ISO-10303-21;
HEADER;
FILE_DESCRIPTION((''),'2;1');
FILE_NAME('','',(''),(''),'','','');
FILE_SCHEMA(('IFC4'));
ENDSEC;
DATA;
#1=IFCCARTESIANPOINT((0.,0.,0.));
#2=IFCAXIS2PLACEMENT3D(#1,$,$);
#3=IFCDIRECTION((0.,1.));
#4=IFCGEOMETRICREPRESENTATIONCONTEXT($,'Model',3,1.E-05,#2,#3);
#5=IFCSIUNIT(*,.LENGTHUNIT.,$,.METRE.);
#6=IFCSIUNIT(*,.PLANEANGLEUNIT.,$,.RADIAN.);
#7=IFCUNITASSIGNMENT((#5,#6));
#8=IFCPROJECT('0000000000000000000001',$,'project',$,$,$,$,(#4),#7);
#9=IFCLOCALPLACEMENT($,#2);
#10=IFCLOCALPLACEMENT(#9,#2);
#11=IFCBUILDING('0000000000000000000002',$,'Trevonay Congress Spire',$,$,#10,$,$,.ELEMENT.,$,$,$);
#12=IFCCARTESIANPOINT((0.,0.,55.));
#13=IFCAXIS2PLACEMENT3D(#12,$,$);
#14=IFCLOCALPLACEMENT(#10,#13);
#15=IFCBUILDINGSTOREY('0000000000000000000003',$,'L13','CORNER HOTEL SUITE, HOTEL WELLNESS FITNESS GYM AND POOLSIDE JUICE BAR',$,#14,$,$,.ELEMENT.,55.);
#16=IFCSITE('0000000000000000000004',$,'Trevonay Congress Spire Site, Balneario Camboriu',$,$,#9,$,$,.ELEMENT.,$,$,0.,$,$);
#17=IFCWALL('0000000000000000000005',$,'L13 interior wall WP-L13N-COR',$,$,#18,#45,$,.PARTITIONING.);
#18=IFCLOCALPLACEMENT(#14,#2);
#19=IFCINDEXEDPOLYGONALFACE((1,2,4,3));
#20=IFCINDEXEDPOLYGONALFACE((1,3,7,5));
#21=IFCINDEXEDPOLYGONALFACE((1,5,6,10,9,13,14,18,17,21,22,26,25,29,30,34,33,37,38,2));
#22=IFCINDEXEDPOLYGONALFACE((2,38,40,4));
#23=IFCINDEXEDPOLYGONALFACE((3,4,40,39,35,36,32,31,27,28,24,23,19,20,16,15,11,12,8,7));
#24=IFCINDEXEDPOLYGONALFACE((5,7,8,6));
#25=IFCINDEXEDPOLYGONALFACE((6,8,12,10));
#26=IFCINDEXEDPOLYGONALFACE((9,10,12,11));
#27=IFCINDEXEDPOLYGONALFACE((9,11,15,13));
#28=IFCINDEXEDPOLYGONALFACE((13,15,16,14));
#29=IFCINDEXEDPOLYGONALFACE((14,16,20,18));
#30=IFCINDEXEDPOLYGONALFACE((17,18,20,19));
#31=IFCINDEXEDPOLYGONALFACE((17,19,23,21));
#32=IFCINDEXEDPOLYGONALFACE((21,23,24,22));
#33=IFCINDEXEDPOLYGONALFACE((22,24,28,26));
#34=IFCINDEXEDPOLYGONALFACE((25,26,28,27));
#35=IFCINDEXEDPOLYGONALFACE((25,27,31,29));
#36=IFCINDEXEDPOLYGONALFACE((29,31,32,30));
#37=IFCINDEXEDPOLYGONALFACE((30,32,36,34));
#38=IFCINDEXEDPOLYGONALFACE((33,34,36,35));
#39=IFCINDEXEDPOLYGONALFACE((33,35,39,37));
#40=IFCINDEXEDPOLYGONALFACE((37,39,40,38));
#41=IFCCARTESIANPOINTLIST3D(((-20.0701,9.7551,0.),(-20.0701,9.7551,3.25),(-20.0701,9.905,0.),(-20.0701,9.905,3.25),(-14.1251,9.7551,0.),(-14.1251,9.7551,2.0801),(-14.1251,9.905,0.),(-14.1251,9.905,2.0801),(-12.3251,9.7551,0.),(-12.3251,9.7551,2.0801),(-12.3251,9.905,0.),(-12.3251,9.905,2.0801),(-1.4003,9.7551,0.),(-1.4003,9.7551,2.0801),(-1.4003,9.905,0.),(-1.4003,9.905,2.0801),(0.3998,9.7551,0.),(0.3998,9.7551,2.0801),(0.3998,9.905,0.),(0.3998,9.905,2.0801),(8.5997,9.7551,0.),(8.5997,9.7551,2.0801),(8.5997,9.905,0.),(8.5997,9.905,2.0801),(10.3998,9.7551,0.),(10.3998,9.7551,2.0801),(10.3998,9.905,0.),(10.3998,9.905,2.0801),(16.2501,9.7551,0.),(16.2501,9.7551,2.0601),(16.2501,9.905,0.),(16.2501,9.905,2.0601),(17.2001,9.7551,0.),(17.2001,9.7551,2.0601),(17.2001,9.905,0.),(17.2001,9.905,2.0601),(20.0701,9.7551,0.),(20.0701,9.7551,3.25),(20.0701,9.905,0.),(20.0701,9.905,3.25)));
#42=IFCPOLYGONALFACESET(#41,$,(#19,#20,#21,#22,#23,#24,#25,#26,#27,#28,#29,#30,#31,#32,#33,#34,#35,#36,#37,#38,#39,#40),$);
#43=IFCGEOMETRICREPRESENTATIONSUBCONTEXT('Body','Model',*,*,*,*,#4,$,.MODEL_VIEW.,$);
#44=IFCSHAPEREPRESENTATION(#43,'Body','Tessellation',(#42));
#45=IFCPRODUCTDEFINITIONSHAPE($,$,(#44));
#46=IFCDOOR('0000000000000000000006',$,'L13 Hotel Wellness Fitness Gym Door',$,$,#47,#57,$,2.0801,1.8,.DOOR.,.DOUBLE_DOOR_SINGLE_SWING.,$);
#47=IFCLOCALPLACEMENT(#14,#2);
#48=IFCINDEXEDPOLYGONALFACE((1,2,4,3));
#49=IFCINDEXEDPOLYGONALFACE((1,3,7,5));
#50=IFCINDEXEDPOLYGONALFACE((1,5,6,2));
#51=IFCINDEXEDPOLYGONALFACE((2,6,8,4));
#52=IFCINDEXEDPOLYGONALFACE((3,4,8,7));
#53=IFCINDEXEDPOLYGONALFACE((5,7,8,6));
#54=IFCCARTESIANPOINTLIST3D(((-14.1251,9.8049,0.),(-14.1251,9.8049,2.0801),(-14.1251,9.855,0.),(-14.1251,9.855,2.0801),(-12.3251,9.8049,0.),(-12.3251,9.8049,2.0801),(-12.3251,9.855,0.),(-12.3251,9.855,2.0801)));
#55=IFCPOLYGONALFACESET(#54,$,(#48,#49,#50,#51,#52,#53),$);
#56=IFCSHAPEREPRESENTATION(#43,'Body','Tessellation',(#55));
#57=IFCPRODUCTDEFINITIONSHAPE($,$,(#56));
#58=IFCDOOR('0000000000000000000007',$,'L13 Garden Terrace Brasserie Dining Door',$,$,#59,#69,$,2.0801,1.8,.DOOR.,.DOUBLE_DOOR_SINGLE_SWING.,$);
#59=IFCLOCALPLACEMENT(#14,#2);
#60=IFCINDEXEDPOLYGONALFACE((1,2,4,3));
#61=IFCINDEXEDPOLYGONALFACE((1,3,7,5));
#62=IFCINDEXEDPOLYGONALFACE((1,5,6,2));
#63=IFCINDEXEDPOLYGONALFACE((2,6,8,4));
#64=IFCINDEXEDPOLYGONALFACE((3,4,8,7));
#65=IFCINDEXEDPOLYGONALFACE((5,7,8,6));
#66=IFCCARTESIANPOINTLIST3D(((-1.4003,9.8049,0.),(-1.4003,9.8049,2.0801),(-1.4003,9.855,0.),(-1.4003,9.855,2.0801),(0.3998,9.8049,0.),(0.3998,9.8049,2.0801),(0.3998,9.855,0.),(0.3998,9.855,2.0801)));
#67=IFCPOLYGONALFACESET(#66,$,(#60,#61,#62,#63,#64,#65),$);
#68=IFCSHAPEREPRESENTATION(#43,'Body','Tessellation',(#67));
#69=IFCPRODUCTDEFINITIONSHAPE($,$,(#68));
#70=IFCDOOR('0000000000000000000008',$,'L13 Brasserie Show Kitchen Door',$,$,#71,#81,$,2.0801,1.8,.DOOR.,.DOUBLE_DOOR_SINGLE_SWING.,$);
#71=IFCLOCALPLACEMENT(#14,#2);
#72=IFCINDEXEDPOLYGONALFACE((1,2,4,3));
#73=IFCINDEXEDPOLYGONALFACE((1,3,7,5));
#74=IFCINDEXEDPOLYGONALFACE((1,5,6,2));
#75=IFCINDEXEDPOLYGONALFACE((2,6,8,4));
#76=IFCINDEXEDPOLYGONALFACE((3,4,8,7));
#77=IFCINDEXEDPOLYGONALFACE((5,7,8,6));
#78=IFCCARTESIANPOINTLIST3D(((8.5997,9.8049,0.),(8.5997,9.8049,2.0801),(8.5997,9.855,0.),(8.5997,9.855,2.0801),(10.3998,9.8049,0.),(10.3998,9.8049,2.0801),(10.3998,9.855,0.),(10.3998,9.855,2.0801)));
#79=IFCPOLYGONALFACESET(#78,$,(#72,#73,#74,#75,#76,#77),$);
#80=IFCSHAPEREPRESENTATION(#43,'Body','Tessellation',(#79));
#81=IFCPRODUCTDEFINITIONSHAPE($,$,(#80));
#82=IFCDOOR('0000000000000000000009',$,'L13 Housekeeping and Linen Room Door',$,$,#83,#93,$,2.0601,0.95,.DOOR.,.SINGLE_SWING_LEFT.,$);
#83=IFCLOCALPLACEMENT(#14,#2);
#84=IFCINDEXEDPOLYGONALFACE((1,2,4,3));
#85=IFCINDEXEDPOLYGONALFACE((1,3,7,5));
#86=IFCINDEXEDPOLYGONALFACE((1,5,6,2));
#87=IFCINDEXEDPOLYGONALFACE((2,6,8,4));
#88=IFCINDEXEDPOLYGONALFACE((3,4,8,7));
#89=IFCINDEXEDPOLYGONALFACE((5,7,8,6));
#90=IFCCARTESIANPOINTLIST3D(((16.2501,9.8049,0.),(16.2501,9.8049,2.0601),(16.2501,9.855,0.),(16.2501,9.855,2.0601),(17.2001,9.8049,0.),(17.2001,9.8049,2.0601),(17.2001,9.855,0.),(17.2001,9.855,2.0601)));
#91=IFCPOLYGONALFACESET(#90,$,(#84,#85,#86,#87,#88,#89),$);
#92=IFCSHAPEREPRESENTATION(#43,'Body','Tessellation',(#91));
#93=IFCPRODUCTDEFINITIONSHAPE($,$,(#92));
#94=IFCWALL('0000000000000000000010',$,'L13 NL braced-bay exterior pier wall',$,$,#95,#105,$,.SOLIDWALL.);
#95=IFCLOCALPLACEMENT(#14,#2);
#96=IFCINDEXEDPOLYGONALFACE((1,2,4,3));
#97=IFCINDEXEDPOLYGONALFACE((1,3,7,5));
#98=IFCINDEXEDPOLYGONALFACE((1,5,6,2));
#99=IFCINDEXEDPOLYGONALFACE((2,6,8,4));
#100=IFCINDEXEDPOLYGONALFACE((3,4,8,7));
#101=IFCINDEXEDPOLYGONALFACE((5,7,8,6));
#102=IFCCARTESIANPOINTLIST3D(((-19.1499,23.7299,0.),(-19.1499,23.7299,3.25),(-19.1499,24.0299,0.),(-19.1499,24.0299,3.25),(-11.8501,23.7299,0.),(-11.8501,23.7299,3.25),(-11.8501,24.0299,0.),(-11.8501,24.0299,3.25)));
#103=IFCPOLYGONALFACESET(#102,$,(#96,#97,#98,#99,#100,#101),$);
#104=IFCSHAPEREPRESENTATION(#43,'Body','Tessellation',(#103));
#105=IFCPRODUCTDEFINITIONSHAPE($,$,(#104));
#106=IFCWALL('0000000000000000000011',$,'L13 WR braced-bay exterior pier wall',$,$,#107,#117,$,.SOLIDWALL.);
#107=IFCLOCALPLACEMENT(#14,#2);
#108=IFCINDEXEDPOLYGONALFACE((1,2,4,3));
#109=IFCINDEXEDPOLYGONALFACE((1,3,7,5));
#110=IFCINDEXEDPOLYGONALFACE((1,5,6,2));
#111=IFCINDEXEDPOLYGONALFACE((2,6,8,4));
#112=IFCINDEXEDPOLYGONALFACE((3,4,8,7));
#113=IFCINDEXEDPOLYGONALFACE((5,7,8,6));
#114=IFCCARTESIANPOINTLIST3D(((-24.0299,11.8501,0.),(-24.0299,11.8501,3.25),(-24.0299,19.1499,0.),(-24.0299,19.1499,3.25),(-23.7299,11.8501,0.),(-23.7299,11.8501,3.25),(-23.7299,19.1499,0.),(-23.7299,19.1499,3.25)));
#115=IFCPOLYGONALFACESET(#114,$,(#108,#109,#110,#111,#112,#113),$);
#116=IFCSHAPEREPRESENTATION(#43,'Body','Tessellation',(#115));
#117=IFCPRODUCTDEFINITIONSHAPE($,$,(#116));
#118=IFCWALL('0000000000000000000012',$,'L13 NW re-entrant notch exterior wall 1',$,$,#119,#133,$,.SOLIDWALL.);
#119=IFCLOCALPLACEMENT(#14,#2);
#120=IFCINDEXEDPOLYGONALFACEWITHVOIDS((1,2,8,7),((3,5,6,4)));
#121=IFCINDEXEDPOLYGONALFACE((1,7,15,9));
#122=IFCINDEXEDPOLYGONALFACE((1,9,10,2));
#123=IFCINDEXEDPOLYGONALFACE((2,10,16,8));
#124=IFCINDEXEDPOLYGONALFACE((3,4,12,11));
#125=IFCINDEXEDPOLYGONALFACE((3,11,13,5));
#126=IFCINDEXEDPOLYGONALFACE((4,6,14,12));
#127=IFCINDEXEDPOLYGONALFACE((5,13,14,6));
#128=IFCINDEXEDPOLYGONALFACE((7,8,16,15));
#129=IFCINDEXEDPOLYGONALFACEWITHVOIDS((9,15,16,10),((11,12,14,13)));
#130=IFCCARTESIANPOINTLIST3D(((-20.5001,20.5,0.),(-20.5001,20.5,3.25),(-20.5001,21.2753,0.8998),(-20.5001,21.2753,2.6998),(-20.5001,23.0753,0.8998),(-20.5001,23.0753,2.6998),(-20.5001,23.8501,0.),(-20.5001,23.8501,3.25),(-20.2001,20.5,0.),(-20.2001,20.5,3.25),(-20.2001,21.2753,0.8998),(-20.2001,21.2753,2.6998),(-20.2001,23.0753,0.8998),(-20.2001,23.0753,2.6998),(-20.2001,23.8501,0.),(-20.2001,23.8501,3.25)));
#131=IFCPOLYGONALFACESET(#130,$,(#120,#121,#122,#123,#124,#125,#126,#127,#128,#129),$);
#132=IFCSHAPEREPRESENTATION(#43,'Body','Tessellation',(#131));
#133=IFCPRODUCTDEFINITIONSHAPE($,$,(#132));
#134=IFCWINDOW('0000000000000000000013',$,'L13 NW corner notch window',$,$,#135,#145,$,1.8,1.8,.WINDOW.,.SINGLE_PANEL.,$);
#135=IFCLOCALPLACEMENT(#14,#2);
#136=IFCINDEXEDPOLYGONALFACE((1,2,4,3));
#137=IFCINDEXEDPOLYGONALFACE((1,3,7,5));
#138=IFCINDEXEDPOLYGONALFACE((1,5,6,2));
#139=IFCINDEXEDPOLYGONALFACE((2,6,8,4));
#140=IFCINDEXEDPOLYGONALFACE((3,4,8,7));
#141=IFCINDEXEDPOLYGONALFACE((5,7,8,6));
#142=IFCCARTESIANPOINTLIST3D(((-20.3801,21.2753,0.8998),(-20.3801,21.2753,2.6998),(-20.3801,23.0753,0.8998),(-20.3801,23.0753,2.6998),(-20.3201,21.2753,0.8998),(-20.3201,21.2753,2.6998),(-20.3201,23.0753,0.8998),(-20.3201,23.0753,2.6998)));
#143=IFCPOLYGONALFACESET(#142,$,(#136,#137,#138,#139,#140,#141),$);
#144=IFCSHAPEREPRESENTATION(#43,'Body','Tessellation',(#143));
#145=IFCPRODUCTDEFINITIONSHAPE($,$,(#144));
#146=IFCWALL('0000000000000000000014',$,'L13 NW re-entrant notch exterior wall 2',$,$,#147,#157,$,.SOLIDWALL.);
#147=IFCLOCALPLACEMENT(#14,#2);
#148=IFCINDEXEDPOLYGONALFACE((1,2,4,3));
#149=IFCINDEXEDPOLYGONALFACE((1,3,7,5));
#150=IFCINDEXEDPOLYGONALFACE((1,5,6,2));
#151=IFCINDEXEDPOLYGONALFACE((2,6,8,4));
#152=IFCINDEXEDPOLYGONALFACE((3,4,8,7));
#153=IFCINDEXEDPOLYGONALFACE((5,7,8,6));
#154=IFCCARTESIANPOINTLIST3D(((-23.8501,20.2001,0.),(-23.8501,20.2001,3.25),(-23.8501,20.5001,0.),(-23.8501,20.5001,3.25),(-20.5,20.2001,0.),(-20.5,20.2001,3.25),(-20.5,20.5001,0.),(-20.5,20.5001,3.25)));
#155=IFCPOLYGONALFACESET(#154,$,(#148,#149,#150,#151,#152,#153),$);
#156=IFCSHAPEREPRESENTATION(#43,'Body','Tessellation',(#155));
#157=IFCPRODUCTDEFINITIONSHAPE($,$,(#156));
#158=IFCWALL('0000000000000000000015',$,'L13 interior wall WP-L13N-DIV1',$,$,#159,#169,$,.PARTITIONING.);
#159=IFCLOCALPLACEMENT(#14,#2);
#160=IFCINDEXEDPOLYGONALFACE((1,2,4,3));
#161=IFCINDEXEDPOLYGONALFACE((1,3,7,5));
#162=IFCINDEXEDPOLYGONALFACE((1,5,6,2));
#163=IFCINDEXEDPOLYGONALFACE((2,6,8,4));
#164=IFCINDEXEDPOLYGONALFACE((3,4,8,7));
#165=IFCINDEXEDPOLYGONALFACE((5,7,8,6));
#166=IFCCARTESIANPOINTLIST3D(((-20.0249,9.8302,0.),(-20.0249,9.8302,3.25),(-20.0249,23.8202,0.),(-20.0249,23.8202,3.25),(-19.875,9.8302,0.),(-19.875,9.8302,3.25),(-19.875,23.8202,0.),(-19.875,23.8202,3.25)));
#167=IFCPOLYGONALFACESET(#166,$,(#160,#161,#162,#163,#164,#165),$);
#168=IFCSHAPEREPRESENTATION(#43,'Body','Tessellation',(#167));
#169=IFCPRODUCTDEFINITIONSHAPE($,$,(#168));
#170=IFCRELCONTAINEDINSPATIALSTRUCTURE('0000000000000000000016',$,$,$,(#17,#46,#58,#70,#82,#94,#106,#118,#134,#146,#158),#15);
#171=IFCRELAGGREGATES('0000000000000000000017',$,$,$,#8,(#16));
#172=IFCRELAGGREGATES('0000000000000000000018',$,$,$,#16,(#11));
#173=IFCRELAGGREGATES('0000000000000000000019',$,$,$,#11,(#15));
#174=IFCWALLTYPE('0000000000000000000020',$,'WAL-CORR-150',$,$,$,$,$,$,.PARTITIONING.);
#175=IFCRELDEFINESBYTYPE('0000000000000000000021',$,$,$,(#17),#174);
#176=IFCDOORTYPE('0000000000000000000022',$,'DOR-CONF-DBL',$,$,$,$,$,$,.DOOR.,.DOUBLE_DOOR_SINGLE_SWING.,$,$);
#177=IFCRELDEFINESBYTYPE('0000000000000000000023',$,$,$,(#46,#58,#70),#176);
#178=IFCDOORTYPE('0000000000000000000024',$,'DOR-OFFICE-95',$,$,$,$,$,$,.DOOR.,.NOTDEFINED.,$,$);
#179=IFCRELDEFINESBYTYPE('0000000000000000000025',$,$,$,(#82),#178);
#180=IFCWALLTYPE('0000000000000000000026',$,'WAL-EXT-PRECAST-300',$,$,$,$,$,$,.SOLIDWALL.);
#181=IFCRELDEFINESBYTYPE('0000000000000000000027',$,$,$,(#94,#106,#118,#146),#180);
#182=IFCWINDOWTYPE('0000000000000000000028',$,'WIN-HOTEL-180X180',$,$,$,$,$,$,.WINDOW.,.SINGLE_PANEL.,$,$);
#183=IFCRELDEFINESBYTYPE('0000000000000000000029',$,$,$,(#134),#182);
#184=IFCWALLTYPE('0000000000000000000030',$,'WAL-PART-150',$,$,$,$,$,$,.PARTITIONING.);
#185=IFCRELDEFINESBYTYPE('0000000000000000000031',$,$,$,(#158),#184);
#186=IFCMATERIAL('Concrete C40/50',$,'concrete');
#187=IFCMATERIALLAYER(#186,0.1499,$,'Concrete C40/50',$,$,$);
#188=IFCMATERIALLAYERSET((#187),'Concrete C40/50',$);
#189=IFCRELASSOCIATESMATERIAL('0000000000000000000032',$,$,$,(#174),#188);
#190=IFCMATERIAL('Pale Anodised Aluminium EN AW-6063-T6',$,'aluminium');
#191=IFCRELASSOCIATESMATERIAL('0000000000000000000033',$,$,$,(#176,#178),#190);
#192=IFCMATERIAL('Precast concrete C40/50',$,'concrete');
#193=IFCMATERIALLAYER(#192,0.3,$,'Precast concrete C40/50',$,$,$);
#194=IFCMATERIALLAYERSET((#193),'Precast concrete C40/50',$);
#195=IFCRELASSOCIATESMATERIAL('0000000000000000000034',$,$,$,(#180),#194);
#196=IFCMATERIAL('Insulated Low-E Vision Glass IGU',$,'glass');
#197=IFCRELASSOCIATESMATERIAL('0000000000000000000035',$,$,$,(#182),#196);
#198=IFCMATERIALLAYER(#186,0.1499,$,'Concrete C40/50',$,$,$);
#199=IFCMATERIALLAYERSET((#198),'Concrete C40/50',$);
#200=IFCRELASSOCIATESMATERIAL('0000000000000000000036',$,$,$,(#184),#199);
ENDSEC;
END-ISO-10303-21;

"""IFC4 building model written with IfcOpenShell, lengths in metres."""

from ifc_helpers import new_model, si_unit, direction, frame, frame_2d, origin, place, context, subcontext, project, spatial, rectangle, extrude, material, layer, layer_set, type_object, element, fill, save


model = new_model("IFC4")

# Units and contexts
model_context = context("Model", 3, precision=1e-05, world=origin(), true_north=direction((0.0, 1.0)))
body_context = subcontext(model_context, "Body", "Model", "MODEL_VIEW")
ifc_project = project(units=[si_unit("LENGTHUNIT", "METRE"), si_unit("PLANEANGLEUNIT", "RADIAN")], contexts=[model_context])

# Site, building, storey
site_placement = place(None, origin())
site = spatial("IfcSite", under=ifc_project, at=site_placement, Name="Trevonay Congress Spire Site, Balneario Camboriu", CompositionType="ELEMENT", RefElevation=0.0)
building_placement = place(site_placement, origin())
building = spatial("IfcBuilding", under=site, at=building_placement, Name="Trevonay Congress Spire", CompositionType="ELEMENT")
storey_placement = place(building_placement, frame((0.0, 0.0, 55.0)))
storey = spatial("IfcBuildingStorey", under=building, at=storey_placement, Name="L13", Description="CORNER HOTEL SUITE, HOTEL WELLNESS FITNESS GYM AND POOLSIDE JUICE BAR", CompositionType="ELEMENT", Elevation=55.0)

# Shared definitions
ifc_material_1 = material(Name="Pale Anodised Aluminium EN AW-6063-T6", Category="aluminium")

# Shared definitions
ifc_material_2 = material(Name="Insulated Low-E Vision Glass IGU", Category="glass")

# Wall, openings, doors
ifc_material_3 = material(Name="Concrete C40/50", Category="concrete")
ifc_layer_1 = layer(ifc_material_3, 0.1499, Name="Concrete C40/50")
ifc_layer_set_1 = layer_set([ifc_layer_1], Name="Concrete C40/50")
wall_type_1 = type_object("IfcWallType", Name="WAL-CORR-150", PredefinedType="PARTITIONING", material=ifc_layer_set_1)
wall_1_placement = place(storey_placement, frame((-20.0701, 9.8301, 0.0), z_axis=(0.0, 0.0, 1.0), x_axis=(1.0, 0.0, 0.0)))
wall_1 = element("IfcWall", 1, at=wall_1_placement, inside=storey, type_object=wall_type_1, Name="L13 interior wall WP-L13N-COR", PredefinedType="PARTITIONING", context=body_context, shape_type="SweptSolid", body=[
    extrude(rectangle(XDim=40.1401, YDim=0.1499, at=frame_2d((20.0701, 0.0))), origin(), (0.0, 0.0, 1.0), 3.25),
])
opening_1_placement = place(wall_1_placement, frame((5.9451, 0.0, 0.0)))
opening_1 = element("IfcOpeningElement", 2, at=opening_1_placement, cuts=wall_1, PredefinedType="OPENING", context=body_context, shape_type="SweptSolid", body=[
    extrude(rectangle(XDim=1.8, YDim=2.0801, at=frame_2d((0.8999, 1.04))), frame((0.0, 0.085, 0.0), z_axis=(0.0, -1.0, 0.0), x_axis=(1.0, 0.0, 0.0)), (0.0, 0.0, 1.0), 0.1699),
])
opening_2_placement = place(wall_1_placement, frame((18.6699, 0.0, 0.0)))
opening_2 = element("IfcOpeningElement", 3, at=opening_2_placement, cuts=wall_1, PredefinedType="OPENING", context=body_context, shape_type="SweptSolid", body=[
    extrude(rectangle(XDim=1.8, YDim=2.0801, at=frame_2d((0.8999, 1.04))), frame((0.0, 0.085, 0.0), z_axis=(0.0, -1.0, 0.0), x_axis=(1.0, 0.0, 0.0)), (0.0, 0.0, 1.0), 0.1699),
])
opening_3_placement = place(wall_1_placement, frame((28.6699, 0.0, 0.0)))
opening_3 = element("IfcOpeningElement", 4, at=opening_3_placement, cuts=wall_1, PredefinedType="OPENING", context=body_context, shape_type="SweptSolid", body=[
    extrude(rectangle(XDim=1.8, YDim=2.0801, at=frame_2d((0.8999, 1.04))), frame((0.0, 0.085, 0.0), z_axis=(0.0, -1.0, 0.0), x_axis=(1.0, 0.0, 0.0)), (0.0, 0.0, 1.0), 0.1699),
])
opening_4_placement = place(wall_1_placement, frame((36.3201, 0.0, 0.0)))
opening_4 = element("IfcOpeningElement", 5, at=opening_4_placement, cuts=wall_1, PredefinedType="OPENING", context=body_context, shape_type="SweptSolid", body=[
    extrude(rectangle(XDim=0.95, YDim=2.0601, at=frame_2d((0.4751, 1.03))), frame((0.0, 0.085, 0.0), z_axis=(0.0, -1.0, 0.0), x_axis=(1.0, 0.0, 0.0)), (0.0, 0.0, 1.0), 0.1699),
])
door_type_1 = type_object("IfcDoorType", Name="DOR-CONF-DBL", OperationType="DOUBLE_DOOR_SINGLE_SWING", PredefinedType="DOOR", material=ifc_material_1)
door_1_placement = place(opening_1_placement, origin())
door_1 = element("IfcDoor", 6, at=door_1_placement, inside=storey, type_object=door_type_1, Name="L13 Hotel Wellness Fitness Gym Door", OperationType="DOUBLE_DOOR_SINGLE_SWING", OverallHeight=2.0801, OverallWidth=1.8, PredefinedType="DOOR", context=body_context, shape_type="SweptSolid", body=[
    extrude(rectangle(XDim=1.8, YDim=2.0801, at=frame_2d((0.8999, 1.04))), frame((0.0, 0.0249, 0.0), z_axis=(0.0, -1.0, 0.0), x_axis=(1.0, 0.0, 0.0)), (0.0, 0.0, 1.0), 0.05),
])
fill(opening_1, door_1)
door_2_placement = place(opening_2_placement, origin())
door_2 = element("IfcDoor", 7, at=door_2_placement, inside=storey, type_object=door_type_1, Name="L13 Garden Terrace Brasserie Dining Door", OperationType="DOUBLE_DOOR_SINGLE_SWING", OverallHeight=2.0801, OverallWidth=1.8, PredefinedType="DOOR", context=body_context, shape_type="SweptSolid", body=[
    extrude(rectangle(XDim=1.8, YDim=2.0801, at=frame_2d((0.8999, 1.04))), frame((0.0, 0.0249, 0.0), z_axis=(0.0, -1.0, 0.0), x_axis=(1.0, 0.0, 0.0)), (0.0, 0.0, 1.0), 0.05),
])
fill(opening_2, door_2)
door_3_placement = place(opening_3_placement, origin())
door_3 = element("IfcDoor", 8, at=door_3_placement, inside=storey, type_object=door_type_1, Name="L13 Brasserie Show Kitchen Door", OperationType="DOUBLE_DOOR_SINGLE_SWING", OverallHeight=2.0801, OverallWidth=1.8, PredefinedType="DOOR", context=body_context, shape_type="SweptSolid", body=[
    extrude(rectangle(XDim=1.8, YDim=2.0801, at=frame_2d((0.8999, 1.04))), frame((0.0, 0.0249, 0.0), z_axis=(0.0, -1.0, 0.0), x_axis=(1.0, 0.0, 0.0)), (0.0, 0.0, 1.0), 0.05),
])
fill(opening_3, door_3)
door_type_2 = type_object("IfcDoorType", Name="DOR-OFFICE-95", OperationType="NOTDEFINED", PredefinedType="DOOR", material=ifc_material_1)
door_4_placement = place(opening_4_placement, origin())
door_4 = element("IfcDoor", 9, at=door_4_placement, inside=storey, type_object=door_type_2, Name="L13 Housekeeping and Linen Room Door", OperationType="SINGLE_SWING_LEFT", OverallHeight=2.0601, OverallWidth=0.95, PredefinedType="DOOR", context=body_context, shape_type="SweptSolid", body=[
    extrude(rectangle(XDim=0.95, YDim=2.0601, at=frame_2d((0.4751, 1.03))), frame((0.0, 0.0249, 0.0), z_axis=(0.0, -1.0, 0.0), x_axis=(1.0, 0.0, 0.0)), (0.0, 0.0, 1.0), 0.05),
])
fill(opening_4, door_4)

# Walls
ifc_material_4 = material(Name="Precast concrete C40/50", Category="concrete")
ifc_layer_2 = layer(ifc_material_4, 0.3, Name="Precast concrete C40/50")
ifc_layer_set_2 = layer_set([ifc_layer_2], Name="Precast concrete C40/50")
wall_type_2 = type_object("IfcWallType", Name="WAL-EXT-PRECAST-300", PredefinedType="SOLIDWALL", material=ifc_layer_set_2)
for number, where, z_axis, x_axis, name in (
    (10, (-19.1499, 23.8799, 0.0), (0.0, 0.0, 1.0), (1.0, 0.0, 0.0), "L13 NL braced-bay exterior pier wall"),
    (11, (-23.8799, 11.8501, 0.0), (0.0, 0.0, 1.0), (0.0, 1.0, 0.0), "L13 WR braced-bay exterior pier wall"),
):
    element("IfcWall", number, at=place(storey_placement, frame(where, z_axis=z_axis, x_axis=x_axis)), inside=storey, type_object=wall_type_2, Name=name, PredefinedType="SOLIDWALL", context=body_context, shape_type="SweptSolid", body=[
        extrude(rectangle(XDim=7.2998, YDim=0.3, at=frame_2d((3.6499, 0.0))), origin(), (0.0, 0.0, 1.0), 3.25),
    ])

# Wall, opening, window
wall_2_placement = place(storey_placement, frame((-20.3501, 23.8501, 0.0), z_axis=(0.0, 0.0, 1.0), x_axis=(0.0, -1.0, 0.0)))
wall_2 = element("IfcWall", 12, at=wall_2_placement, inside=storey, type_object=wall_type_2, Name="L13 NW re-entrant notch exterior wall 1", PredefinedType="SOLIDWALL", context=body_context, shape_type="SweptSolid", body=[
    extrude(rectangle(XDim=3.3501, YDim=0.3, at=frame_2d((1.675, 0.0))), origin(), (0.0, 0.0, 1.0), 3.25),
])
opening_5_placement = place(wall_2_placement, frame((0.7749, 0.0, 0.8999)))
opening_5 = element("IfcOpeningElement", 13, at=opening_5_placement, cuts=wall_2, PredefinedType="OPENING", context=body_context, shape_type="SweptSolid", body=[
    extrude(rectangle(XDim=1.8, YDim=1.8, at=frame_2d((0.8999, 0.8999))), frame((0.0, 0.1602, 0.0), z_axis=(0.0, -1.0, 0.0), x_axis=(1.0, 0.0, 0.0)), (0.0, 0.0, 1.0), 0.3201),
])
window_type = type_object("IfcWindowType", Name="WIN-HOTEL-180X180", PartitioningType="SINGLE_PANEL", PredefinedType="WINDOW", material=ifc_material_2)
window_placement = place(opening_5_placement, origin())
window = element("IfcWindow", 14, at=window_placement, inside=storey, type_object=window_type, Name="L13 NW corner notch window", OverallHeight=1.8, OverallWidth=1.8, PartitioningType="SINGLE_PANEL", PredefinedType="WINDOW", context=body_context, shape_type="SweptSolid", body=[
    extrude(rectangle(XDim=1.8, YDim=1.8, at=frame_2d((0.8999, 0.8999))), frame((0.0, 0.03, 0.0), z_axis=(0.0, -1.0, 0.0), x_axis=(1.0, 0.0, 0.0)), (0.0, 0.0, 1.0), 0.0601),
])
fill(opening_5, window)

# Walls
wall_3_placement = place(storey_placement, frame((-23.8501, 20.3501, 0.0), z_axis=(0.0, 0.0, 1.0), x_axis=(1.0, 0.0, 0.0)))
element("IfcWall", 15, at=wall_3_placement, inside=storey, type_object=wall_type_2, Name="L13 NW re-entrant notch exterior wall 2", PredefinedType="SOLIDWALL", context=body_context, shape_type="SweptSolid", body=[
    extrude(rectangle(XDim=3.3501, YDim=0.3, at=frame_2d((1.675, 0.0))), origin(), (0.0, 0.0, 1.0), 3.25),
])
ifc_layer_3 = layer(ifc_material_3, 0.1499, Name="Concrete C40/50")
ifc_layer_set_3 = layer_set([ifc_layer_3], Name="Concrete C40/50")
wall_type_3 = type_object("IfcWallType", Name="WAL-PART-150", PredefinedType="PARTITIONING", material=ifc_layer_set_3)
wall_4_placement = place(storey_placement, frame((-19.95, 9.8301, 0.0), z_axis=(0.0, 0.0, 1.0), x_axis=(0.0, 1.0, 0.0)))
element("IfcWall", 16, at=wall_4_placement, inside=storey, type_object=wall_type_3, Name="L13 interior wall WP-L13N-DIV1", PredefinedType="PARTITIONING", context=body_context, shape_type="SweptSolid", body=[
    extrude(rectangle(XDim=13.99, YDim=0.1499, at=frame_2d((6.9951, 0.0))), origin(), (0.0, 0.0, 1.0), 3.25),
])

save(model, "model.ifc")
